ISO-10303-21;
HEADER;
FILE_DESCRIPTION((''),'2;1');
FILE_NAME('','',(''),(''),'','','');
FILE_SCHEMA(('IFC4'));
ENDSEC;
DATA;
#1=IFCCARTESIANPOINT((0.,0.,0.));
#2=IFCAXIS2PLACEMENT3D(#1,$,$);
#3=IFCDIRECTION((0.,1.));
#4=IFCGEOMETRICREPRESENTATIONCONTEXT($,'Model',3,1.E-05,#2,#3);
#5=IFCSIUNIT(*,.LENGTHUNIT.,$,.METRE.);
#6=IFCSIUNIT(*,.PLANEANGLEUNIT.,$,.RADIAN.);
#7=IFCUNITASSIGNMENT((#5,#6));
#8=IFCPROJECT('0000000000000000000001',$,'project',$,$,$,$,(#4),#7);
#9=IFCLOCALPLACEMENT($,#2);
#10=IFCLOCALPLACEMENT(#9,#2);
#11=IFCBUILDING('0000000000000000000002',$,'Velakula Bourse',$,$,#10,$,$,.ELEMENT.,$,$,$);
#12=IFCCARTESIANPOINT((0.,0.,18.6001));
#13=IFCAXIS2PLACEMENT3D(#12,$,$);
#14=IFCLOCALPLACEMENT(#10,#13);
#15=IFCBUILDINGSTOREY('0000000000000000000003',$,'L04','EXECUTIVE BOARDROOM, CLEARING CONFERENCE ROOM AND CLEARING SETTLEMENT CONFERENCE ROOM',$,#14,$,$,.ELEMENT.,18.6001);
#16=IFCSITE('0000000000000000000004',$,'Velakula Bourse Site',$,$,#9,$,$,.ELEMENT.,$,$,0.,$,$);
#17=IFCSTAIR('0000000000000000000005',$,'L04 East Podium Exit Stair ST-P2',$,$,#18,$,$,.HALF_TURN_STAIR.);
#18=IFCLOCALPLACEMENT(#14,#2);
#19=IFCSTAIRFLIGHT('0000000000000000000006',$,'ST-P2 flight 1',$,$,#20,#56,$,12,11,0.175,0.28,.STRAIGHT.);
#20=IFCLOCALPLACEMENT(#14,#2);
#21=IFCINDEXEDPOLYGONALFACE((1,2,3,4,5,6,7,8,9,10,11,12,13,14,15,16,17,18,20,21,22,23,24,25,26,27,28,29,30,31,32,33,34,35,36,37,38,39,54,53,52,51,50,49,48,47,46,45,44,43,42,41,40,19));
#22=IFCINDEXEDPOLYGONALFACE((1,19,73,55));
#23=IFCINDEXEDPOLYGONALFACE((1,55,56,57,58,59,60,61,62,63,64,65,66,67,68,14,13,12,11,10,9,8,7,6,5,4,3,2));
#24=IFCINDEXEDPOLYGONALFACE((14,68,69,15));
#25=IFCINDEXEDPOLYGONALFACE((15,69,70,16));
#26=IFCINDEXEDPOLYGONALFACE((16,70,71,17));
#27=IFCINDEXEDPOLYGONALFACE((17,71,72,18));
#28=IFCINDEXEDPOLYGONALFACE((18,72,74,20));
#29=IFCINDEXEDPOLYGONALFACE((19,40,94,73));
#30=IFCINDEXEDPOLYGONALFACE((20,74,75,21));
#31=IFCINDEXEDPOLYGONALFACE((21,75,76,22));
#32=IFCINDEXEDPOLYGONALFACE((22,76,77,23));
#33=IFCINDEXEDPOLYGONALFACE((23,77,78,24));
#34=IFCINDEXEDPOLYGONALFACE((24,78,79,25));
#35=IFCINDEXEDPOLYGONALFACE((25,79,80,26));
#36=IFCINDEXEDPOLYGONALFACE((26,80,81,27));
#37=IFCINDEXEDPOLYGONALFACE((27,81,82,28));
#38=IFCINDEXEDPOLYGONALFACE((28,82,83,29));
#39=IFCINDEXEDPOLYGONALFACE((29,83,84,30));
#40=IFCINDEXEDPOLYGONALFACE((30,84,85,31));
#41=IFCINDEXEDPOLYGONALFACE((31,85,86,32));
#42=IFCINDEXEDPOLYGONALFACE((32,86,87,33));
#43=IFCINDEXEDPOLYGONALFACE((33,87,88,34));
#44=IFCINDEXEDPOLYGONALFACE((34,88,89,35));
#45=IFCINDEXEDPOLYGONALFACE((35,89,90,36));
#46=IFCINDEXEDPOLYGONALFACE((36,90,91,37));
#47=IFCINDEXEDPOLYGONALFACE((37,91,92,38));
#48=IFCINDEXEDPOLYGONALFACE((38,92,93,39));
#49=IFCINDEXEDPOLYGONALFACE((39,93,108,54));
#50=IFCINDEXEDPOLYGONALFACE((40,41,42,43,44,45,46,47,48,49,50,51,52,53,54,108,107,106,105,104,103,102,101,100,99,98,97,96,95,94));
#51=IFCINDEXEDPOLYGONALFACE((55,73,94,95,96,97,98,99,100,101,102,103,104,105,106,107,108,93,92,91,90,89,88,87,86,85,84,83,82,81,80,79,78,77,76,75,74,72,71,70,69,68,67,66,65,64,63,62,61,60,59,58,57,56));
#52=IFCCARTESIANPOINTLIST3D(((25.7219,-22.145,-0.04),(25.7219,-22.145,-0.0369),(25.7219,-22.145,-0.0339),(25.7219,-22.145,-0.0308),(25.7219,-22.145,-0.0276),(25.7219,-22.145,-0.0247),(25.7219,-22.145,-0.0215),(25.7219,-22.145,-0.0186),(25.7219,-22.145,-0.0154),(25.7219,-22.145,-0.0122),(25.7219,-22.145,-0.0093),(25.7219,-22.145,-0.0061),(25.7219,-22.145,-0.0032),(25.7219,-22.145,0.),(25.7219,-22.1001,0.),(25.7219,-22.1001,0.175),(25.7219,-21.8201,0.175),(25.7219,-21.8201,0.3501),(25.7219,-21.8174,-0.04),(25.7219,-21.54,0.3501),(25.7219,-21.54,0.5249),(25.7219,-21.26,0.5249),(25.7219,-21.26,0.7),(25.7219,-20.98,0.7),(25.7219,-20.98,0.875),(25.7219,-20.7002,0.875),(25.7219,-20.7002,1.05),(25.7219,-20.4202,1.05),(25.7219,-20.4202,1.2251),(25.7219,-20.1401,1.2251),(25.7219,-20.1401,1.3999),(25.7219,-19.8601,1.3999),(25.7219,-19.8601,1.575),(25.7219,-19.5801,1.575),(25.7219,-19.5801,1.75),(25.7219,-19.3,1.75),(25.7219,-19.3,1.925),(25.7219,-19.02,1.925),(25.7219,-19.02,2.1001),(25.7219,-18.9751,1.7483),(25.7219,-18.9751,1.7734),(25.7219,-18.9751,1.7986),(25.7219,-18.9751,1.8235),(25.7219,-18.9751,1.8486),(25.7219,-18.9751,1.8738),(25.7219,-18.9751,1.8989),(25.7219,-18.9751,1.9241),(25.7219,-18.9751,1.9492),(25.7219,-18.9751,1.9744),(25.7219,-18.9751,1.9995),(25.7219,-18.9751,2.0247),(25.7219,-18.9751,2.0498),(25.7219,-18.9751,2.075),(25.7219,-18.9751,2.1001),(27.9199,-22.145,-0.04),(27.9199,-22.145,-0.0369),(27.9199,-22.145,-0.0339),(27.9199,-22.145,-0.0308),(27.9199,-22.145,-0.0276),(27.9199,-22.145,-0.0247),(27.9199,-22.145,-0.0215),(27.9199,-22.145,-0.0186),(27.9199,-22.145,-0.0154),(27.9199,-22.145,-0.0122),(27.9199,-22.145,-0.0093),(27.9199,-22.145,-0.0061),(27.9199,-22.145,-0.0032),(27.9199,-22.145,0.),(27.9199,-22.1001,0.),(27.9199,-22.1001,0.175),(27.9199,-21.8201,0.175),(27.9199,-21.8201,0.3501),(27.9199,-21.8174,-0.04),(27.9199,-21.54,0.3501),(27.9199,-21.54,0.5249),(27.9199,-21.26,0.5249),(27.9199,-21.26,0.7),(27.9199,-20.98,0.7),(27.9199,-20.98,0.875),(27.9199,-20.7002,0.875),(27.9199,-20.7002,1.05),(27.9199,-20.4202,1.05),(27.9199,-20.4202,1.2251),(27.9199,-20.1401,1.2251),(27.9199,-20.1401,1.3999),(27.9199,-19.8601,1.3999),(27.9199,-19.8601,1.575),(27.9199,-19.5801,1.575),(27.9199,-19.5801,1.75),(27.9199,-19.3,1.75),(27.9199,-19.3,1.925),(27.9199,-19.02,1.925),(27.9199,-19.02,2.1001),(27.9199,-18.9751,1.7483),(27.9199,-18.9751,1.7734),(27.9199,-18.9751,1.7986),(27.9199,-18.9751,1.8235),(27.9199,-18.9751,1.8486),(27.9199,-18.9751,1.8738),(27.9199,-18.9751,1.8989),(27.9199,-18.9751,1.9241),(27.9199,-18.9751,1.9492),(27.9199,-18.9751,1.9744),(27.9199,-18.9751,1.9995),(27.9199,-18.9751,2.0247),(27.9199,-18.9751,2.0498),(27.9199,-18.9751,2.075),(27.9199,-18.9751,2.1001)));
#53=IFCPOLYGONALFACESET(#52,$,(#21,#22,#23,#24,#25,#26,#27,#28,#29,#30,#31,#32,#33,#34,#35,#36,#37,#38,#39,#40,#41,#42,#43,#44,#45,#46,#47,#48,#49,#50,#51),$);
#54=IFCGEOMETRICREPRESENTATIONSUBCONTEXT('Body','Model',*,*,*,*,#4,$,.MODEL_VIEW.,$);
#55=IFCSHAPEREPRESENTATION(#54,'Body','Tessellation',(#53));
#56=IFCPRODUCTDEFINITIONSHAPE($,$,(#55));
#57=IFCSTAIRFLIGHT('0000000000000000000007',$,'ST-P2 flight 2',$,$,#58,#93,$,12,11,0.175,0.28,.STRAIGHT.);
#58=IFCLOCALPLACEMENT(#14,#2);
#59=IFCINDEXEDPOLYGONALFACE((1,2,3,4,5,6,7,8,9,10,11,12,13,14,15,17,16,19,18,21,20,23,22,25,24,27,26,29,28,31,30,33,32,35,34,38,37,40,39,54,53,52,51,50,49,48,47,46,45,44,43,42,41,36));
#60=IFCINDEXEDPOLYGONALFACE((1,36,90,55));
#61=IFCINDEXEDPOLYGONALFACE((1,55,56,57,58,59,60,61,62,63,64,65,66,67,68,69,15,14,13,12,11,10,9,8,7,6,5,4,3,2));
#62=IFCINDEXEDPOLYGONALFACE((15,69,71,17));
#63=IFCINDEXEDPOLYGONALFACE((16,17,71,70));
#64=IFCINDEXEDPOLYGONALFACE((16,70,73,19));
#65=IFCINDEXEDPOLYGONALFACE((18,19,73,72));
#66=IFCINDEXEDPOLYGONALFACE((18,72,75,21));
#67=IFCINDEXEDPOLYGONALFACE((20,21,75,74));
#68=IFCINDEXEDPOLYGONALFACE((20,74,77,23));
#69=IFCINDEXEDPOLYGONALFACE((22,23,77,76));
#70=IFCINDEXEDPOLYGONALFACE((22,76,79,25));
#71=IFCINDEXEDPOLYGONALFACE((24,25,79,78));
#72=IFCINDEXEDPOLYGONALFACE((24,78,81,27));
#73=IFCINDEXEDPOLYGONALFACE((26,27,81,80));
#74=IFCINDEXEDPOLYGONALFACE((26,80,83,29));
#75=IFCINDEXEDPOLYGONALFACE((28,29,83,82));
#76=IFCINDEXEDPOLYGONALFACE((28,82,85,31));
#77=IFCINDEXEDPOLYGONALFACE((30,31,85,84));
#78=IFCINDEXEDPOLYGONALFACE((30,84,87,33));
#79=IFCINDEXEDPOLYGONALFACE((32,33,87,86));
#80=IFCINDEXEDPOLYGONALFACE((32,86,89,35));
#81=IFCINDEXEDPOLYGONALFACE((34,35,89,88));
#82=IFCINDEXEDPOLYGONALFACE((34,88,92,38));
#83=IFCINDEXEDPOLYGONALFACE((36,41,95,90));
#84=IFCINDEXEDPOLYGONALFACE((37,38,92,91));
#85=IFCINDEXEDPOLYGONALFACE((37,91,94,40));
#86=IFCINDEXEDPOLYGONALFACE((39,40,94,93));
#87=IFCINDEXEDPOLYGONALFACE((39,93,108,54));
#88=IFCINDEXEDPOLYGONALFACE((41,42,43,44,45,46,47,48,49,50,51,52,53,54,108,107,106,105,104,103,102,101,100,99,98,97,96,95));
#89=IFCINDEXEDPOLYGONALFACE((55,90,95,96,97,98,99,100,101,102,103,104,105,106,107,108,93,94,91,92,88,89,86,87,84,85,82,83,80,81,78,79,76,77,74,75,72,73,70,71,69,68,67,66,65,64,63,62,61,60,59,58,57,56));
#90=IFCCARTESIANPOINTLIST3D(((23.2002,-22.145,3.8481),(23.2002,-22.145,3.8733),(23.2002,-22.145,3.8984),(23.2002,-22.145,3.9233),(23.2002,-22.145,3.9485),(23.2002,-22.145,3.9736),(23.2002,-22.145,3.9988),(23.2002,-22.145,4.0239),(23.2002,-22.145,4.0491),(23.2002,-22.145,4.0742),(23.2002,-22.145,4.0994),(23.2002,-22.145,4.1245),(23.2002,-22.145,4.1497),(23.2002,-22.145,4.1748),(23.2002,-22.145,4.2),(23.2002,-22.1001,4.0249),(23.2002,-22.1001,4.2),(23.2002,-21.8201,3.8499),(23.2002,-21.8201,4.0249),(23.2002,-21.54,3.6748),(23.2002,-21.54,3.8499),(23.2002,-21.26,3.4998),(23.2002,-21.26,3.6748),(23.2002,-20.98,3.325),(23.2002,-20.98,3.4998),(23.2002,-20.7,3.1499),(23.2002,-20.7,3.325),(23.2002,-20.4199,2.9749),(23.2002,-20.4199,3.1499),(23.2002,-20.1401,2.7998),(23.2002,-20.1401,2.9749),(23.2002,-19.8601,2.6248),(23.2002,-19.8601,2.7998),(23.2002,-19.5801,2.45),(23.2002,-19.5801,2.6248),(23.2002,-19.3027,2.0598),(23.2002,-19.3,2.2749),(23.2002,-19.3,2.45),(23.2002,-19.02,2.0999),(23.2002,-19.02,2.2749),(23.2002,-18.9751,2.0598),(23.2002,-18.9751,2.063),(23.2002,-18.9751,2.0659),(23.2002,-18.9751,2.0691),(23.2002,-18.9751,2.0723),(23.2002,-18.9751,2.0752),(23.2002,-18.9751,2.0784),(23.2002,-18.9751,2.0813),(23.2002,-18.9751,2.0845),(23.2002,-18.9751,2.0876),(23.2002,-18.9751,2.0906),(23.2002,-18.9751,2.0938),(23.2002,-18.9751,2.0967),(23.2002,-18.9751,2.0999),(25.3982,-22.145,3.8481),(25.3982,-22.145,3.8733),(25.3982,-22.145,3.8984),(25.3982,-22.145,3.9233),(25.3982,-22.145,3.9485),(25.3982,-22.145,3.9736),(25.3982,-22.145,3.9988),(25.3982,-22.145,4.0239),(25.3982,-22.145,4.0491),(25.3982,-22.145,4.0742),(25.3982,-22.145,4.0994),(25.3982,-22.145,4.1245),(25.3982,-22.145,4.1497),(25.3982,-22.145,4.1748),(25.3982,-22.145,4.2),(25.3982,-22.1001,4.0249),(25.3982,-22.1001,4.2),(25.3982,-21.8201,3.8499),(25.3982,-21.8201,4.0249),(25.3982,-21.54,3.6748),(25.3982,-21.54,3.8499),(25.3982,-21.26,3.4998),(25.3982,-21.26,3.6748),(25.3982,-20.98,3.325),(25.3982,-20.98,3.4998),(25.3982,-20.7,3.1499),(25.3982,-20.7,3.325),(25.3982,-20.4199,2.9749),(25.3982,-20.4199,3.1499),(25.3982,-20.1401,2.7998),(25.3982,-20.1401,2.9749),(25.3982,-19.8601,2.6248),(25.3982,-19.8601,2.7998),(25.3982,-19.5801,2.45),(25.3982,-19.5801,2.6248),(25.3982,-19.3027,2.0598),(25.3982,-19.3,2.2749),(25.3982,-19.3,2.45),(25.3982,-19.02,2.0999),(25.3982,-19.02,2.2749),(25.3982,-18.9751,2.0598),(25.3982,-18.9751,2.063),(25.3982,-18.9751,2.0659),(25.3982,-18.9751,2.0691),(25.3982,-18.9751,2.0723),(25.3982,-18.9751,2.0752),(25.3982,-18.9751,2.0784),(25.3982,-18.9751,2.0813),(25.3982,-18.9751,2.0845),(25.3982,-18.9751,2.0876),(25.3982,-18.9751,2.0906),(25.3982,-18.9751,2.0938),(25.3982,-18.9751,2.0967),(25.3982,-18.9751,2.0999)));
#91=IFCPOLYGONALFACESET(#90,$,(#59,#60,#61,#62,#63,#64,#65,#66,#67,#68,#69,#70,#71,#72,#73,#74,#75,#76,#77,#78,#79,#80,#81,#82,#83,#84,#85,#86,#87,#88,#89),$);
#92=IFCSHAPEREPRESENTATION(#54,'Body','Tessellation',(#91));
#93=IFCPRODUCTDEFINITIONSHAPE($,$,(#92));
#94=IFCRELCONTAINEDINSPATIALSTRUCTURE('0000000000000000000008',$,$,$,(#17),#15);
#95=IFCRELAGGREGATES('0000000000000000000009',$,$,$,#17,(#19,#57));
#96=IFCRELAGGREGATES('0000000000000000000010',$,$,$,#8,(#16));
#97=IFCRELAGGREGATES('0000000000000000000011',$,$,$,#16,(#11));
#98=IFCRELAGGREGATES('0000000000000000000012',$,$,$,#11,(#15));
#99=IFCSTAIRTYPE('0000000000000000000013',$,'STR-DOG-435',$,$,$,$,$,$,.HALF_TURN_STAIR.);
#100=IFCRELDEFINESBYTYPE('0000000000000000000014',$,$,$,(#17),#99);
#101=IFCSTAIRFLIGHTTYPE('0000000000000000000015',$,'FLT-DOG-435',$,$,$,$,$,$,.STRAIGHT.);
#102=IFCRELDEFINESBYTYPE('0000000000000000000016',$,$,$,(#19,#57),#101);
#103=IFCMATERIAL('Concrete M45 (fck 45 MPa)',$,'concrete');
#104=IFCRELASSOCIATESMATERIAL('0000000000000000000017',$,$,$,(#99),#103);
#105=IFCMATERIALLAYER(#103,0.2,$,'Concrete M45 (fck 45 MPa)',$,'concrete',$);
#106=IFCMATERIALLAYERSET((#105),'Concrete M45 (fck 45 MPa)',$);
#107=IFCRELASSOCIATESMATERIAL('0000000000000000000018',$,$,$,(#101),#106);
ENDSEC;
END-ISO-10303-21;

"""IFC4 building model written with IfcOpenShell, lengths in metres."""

from ifc_helpers import new_model, si_unit, direction, frame, origin, place, context, subcontext, project, spatial, polyline, outline, extrude, material, layer, layer_set, type_object, element, aggregate, save


model = new_model("IFC4")

# Units and contexts
model_context = context("Model", 3, precision=1e-05, world=origin(), true_north=direction((0.0, 1.0)))
body_context = subcontext(model_context, "Body", "Model", "MODEL_VIEW")
ifc_project = project(units=[si_unit("LENGTHUNIT", "METRE"), si_unit("PLANEANGLEUNIT", "RADIAN")], contexts=[model_context])

# Site, building, storey
site_placement = place(None, origin())
site = spatial("IfcSite", under=ifc_project, at=site_placement, Name="Velakula Bourse Site", CompositionType="ELEMENT", RefElevation=0.0)
building_placement = place(site_placement, origin())
building = spatial("IfcBuilding", under=site, at=building_placement, Name="Velakula Bourse", CompositionType="ELEMENT")
storey_placement = place(building_placement, frame((0.0, 0.0, 18.6001)))
storey = spatial("IfcBuildingStorey", under=building, at=storey_placement, Name="L04", Description="EXECUTIVE BOARDROOM, CLEARING CONFERENCE ROOM AND CLEARING SETTLEMENT CONFERENCE ROOM", CompositionType="ELEMENT", Elevation=18.6001)

# Stair, stair flights
ifc_material_1 = material(Name="Concrete M45 (fck 45 MPa)", Category="concrete")
stair_type = type_object("IfcStairType", Name="STR-DOG-435", PredefinedType="HALF_TURN_STAIR", material=ifc_material_1)
stair_placement = place(storey_placement, origin())
stair = element("IfcStair", 1, at=stair_placement, inside=storey, type_object=stair_type, Name="L04 East Podium Exit Stair ST-P2", PredefinedType="HALF_TURN_STAIR")
ifc_layer_1 = layer(ifc_material_1, 0.2, Name="Concrete M45 (fck 45 MPa)", Category="concrete")
ifc_layer_set_1 = layer_set([ifc_layer_1], Name="Concrete M45 (fck 45 MPa)")
stair_flight_type = type_object("IfcStairFlightType", Name="FLT-DOG-435", PredefinedType="STRAIGHT", material=ifc_layer_set_1)
stair_flight_1_placement = place(storey_placement, frame((26.821, -22.1001, 0.0), z_axis=(0.0, 0.0, 1.0), x_axis=(0.0, 1.0, 0.0)))
stair_flight_1 = element("IfcStairFlight", 2, at=stair_flight_1_placement, type_object=stair_flight_type, Name="ST-P2 flight 1", NumberOfRisers=12, NumberOfTreads=11, PredefinedType="STRAIGHT", RiserHeight=0.175, TreadLength=0.28, context=body_context, shape_type="SweptSolid", body=[
    extrude(outline(polyline([(-0.0449, -0.04), (-0.0449, -0.0369), (-0.0449, -0.0339), (-0.0449, -0.0308), (-0.0449, -0.0276), (-0.0449, -0.0247), (-0.0449, -0.0215), (-0.0449, -0.0186), (-0.0449, -0.0154), (-0.0449, -0.0122), (-0.0449, -0.0093), (-0.0449, -0.0061), (-0.0449, -0.0032), (-0.0449, 0.0), (0.0, 0.0), (0.0, 0.175), (0.28, 0.175), (0.28, 0.3501), (0.5601, 0.3501), (0.5601, 0.5249), (0.8401, 0.5249), (0.8401, 0.7), (1.1201, 0.7), (1.1201, 0.875), (1.3999, 0.875), (1.3999, 1.05), (1.6799, 1.05), (1.6799, 1.2251), (1.96, 1.2251), (1.96, 1.3999), (2.24, 1.3999), (2.24, 1.575), (2.52, 1.575), (2.52, 1.75), (2.8, 1.75), (2.8, 1.925), (3.0801, 1.925), (3.0801, 2.1001), (3.125, 2.1001), (3.125, 2.075), (3.125, 2.0498), (3.125, 2.0247), (3.125, 1.9995), (3.125, 1.9744), (3.125, 1.9492), (3.125, 1.9241), (3.125, 1.8989), (3.125, 1.8738), (3.125, 1.8486), (3.125, 1.8235), (3.125, 1.7986), (3.125, 1.7734), (3.125, 1.7483), (0.2827, -0.04), (-0.0449, -0.04)])), frame((0.0, 1.0991, 0.0), z_axis=(0.0, -1.0, 0.0), x_axis=(1.0, 0.0, 0.0)), (0.0, 0.0, 1.0), 2.198),
])
stair_flight_2_placement = place(storey_placement, frame((24.2991, -19.02, 2.0999), z_axis=(0.0, 0.0, 1.0), x_axis=(0.0, -1.0, 0.0)))
stair_flight_2 = element("IfcStairFlight", 3, at=stair_flight_2_placement, type_object=stair_flight_type, Name="ST-P2 flight 2", NumberOfRisers=12, NumberOfTreads=11, PredefinedType="STRAIGHT", RiserHeight=0.175, TreadLength=0.28, context=body_context, shape_type="SweptSolid", body=[
    extrude(outline(polyline([(-0.0449, -0.04), (-0.0449, -0.0369), (-0.0449, -0.0339), (-0.0449, -0.0308), (-0.0449, -0.0276), (-0.0449, -0.0247), (-0.0449, -0.0215), (-0.0449, -0.0186), (-0.0449, -0.0154), (-0.0449, -0.0122), (-0.0449, -0.0093), (-0.0449, -0.0061), (-0.0449, -0.0032), (-0.0449, 0.0), (0.0, 0.0), (0.0, 0.175), (0.28, 0.175), (0.28, 0.3501), (0.5601, 0.3501), (0.5601, 0.5249), (0.8401, 0.5249), (0.8401, 0.7), (1.1201, 0.7), (1.1201, 0.875), (1.3999, 0.875), (1.3999, 1.05), (1.6799, 1.05), (1.6799, 1.2251), (1.96, 1.2251), (1.96, 1.3999), (2.24, 1.3999), (2.24, 1.575), (2.52, 1.575), (2.52, 1.75), (2.8, 1.75), (2.8, 1.925), (3.0801, 1.925), (3.0801, 2.1001), (3.125, 2.1001), (3.125, 2.075), (3.125, 2.0498), (3.125, 2.0247), (3.125, 1.9995), (3.125, 1.9744), (3.125, 1.9492), (3.125, 1.9241), (3.125, 1.8989), (3.125, 1.8738), (3.125, 1.8486), (3.125, 1.8235), (3.125, 1.7986), (3.125, 1.7734), (3.125, 1.7483), (0.2827, -0.04), (-0.0449, -0.04)])), frame((0.0, 1.0991, 0.0), z_axis=(0.0, -1.0, 0.0), x_axis=(1.0, 0.0, 0.0)), (0.0, 0.0, 1.0), 2.198),
])
aggregate(stair, [stair_flight_1, stair_flight_2])

save(model, "model.ifc")
